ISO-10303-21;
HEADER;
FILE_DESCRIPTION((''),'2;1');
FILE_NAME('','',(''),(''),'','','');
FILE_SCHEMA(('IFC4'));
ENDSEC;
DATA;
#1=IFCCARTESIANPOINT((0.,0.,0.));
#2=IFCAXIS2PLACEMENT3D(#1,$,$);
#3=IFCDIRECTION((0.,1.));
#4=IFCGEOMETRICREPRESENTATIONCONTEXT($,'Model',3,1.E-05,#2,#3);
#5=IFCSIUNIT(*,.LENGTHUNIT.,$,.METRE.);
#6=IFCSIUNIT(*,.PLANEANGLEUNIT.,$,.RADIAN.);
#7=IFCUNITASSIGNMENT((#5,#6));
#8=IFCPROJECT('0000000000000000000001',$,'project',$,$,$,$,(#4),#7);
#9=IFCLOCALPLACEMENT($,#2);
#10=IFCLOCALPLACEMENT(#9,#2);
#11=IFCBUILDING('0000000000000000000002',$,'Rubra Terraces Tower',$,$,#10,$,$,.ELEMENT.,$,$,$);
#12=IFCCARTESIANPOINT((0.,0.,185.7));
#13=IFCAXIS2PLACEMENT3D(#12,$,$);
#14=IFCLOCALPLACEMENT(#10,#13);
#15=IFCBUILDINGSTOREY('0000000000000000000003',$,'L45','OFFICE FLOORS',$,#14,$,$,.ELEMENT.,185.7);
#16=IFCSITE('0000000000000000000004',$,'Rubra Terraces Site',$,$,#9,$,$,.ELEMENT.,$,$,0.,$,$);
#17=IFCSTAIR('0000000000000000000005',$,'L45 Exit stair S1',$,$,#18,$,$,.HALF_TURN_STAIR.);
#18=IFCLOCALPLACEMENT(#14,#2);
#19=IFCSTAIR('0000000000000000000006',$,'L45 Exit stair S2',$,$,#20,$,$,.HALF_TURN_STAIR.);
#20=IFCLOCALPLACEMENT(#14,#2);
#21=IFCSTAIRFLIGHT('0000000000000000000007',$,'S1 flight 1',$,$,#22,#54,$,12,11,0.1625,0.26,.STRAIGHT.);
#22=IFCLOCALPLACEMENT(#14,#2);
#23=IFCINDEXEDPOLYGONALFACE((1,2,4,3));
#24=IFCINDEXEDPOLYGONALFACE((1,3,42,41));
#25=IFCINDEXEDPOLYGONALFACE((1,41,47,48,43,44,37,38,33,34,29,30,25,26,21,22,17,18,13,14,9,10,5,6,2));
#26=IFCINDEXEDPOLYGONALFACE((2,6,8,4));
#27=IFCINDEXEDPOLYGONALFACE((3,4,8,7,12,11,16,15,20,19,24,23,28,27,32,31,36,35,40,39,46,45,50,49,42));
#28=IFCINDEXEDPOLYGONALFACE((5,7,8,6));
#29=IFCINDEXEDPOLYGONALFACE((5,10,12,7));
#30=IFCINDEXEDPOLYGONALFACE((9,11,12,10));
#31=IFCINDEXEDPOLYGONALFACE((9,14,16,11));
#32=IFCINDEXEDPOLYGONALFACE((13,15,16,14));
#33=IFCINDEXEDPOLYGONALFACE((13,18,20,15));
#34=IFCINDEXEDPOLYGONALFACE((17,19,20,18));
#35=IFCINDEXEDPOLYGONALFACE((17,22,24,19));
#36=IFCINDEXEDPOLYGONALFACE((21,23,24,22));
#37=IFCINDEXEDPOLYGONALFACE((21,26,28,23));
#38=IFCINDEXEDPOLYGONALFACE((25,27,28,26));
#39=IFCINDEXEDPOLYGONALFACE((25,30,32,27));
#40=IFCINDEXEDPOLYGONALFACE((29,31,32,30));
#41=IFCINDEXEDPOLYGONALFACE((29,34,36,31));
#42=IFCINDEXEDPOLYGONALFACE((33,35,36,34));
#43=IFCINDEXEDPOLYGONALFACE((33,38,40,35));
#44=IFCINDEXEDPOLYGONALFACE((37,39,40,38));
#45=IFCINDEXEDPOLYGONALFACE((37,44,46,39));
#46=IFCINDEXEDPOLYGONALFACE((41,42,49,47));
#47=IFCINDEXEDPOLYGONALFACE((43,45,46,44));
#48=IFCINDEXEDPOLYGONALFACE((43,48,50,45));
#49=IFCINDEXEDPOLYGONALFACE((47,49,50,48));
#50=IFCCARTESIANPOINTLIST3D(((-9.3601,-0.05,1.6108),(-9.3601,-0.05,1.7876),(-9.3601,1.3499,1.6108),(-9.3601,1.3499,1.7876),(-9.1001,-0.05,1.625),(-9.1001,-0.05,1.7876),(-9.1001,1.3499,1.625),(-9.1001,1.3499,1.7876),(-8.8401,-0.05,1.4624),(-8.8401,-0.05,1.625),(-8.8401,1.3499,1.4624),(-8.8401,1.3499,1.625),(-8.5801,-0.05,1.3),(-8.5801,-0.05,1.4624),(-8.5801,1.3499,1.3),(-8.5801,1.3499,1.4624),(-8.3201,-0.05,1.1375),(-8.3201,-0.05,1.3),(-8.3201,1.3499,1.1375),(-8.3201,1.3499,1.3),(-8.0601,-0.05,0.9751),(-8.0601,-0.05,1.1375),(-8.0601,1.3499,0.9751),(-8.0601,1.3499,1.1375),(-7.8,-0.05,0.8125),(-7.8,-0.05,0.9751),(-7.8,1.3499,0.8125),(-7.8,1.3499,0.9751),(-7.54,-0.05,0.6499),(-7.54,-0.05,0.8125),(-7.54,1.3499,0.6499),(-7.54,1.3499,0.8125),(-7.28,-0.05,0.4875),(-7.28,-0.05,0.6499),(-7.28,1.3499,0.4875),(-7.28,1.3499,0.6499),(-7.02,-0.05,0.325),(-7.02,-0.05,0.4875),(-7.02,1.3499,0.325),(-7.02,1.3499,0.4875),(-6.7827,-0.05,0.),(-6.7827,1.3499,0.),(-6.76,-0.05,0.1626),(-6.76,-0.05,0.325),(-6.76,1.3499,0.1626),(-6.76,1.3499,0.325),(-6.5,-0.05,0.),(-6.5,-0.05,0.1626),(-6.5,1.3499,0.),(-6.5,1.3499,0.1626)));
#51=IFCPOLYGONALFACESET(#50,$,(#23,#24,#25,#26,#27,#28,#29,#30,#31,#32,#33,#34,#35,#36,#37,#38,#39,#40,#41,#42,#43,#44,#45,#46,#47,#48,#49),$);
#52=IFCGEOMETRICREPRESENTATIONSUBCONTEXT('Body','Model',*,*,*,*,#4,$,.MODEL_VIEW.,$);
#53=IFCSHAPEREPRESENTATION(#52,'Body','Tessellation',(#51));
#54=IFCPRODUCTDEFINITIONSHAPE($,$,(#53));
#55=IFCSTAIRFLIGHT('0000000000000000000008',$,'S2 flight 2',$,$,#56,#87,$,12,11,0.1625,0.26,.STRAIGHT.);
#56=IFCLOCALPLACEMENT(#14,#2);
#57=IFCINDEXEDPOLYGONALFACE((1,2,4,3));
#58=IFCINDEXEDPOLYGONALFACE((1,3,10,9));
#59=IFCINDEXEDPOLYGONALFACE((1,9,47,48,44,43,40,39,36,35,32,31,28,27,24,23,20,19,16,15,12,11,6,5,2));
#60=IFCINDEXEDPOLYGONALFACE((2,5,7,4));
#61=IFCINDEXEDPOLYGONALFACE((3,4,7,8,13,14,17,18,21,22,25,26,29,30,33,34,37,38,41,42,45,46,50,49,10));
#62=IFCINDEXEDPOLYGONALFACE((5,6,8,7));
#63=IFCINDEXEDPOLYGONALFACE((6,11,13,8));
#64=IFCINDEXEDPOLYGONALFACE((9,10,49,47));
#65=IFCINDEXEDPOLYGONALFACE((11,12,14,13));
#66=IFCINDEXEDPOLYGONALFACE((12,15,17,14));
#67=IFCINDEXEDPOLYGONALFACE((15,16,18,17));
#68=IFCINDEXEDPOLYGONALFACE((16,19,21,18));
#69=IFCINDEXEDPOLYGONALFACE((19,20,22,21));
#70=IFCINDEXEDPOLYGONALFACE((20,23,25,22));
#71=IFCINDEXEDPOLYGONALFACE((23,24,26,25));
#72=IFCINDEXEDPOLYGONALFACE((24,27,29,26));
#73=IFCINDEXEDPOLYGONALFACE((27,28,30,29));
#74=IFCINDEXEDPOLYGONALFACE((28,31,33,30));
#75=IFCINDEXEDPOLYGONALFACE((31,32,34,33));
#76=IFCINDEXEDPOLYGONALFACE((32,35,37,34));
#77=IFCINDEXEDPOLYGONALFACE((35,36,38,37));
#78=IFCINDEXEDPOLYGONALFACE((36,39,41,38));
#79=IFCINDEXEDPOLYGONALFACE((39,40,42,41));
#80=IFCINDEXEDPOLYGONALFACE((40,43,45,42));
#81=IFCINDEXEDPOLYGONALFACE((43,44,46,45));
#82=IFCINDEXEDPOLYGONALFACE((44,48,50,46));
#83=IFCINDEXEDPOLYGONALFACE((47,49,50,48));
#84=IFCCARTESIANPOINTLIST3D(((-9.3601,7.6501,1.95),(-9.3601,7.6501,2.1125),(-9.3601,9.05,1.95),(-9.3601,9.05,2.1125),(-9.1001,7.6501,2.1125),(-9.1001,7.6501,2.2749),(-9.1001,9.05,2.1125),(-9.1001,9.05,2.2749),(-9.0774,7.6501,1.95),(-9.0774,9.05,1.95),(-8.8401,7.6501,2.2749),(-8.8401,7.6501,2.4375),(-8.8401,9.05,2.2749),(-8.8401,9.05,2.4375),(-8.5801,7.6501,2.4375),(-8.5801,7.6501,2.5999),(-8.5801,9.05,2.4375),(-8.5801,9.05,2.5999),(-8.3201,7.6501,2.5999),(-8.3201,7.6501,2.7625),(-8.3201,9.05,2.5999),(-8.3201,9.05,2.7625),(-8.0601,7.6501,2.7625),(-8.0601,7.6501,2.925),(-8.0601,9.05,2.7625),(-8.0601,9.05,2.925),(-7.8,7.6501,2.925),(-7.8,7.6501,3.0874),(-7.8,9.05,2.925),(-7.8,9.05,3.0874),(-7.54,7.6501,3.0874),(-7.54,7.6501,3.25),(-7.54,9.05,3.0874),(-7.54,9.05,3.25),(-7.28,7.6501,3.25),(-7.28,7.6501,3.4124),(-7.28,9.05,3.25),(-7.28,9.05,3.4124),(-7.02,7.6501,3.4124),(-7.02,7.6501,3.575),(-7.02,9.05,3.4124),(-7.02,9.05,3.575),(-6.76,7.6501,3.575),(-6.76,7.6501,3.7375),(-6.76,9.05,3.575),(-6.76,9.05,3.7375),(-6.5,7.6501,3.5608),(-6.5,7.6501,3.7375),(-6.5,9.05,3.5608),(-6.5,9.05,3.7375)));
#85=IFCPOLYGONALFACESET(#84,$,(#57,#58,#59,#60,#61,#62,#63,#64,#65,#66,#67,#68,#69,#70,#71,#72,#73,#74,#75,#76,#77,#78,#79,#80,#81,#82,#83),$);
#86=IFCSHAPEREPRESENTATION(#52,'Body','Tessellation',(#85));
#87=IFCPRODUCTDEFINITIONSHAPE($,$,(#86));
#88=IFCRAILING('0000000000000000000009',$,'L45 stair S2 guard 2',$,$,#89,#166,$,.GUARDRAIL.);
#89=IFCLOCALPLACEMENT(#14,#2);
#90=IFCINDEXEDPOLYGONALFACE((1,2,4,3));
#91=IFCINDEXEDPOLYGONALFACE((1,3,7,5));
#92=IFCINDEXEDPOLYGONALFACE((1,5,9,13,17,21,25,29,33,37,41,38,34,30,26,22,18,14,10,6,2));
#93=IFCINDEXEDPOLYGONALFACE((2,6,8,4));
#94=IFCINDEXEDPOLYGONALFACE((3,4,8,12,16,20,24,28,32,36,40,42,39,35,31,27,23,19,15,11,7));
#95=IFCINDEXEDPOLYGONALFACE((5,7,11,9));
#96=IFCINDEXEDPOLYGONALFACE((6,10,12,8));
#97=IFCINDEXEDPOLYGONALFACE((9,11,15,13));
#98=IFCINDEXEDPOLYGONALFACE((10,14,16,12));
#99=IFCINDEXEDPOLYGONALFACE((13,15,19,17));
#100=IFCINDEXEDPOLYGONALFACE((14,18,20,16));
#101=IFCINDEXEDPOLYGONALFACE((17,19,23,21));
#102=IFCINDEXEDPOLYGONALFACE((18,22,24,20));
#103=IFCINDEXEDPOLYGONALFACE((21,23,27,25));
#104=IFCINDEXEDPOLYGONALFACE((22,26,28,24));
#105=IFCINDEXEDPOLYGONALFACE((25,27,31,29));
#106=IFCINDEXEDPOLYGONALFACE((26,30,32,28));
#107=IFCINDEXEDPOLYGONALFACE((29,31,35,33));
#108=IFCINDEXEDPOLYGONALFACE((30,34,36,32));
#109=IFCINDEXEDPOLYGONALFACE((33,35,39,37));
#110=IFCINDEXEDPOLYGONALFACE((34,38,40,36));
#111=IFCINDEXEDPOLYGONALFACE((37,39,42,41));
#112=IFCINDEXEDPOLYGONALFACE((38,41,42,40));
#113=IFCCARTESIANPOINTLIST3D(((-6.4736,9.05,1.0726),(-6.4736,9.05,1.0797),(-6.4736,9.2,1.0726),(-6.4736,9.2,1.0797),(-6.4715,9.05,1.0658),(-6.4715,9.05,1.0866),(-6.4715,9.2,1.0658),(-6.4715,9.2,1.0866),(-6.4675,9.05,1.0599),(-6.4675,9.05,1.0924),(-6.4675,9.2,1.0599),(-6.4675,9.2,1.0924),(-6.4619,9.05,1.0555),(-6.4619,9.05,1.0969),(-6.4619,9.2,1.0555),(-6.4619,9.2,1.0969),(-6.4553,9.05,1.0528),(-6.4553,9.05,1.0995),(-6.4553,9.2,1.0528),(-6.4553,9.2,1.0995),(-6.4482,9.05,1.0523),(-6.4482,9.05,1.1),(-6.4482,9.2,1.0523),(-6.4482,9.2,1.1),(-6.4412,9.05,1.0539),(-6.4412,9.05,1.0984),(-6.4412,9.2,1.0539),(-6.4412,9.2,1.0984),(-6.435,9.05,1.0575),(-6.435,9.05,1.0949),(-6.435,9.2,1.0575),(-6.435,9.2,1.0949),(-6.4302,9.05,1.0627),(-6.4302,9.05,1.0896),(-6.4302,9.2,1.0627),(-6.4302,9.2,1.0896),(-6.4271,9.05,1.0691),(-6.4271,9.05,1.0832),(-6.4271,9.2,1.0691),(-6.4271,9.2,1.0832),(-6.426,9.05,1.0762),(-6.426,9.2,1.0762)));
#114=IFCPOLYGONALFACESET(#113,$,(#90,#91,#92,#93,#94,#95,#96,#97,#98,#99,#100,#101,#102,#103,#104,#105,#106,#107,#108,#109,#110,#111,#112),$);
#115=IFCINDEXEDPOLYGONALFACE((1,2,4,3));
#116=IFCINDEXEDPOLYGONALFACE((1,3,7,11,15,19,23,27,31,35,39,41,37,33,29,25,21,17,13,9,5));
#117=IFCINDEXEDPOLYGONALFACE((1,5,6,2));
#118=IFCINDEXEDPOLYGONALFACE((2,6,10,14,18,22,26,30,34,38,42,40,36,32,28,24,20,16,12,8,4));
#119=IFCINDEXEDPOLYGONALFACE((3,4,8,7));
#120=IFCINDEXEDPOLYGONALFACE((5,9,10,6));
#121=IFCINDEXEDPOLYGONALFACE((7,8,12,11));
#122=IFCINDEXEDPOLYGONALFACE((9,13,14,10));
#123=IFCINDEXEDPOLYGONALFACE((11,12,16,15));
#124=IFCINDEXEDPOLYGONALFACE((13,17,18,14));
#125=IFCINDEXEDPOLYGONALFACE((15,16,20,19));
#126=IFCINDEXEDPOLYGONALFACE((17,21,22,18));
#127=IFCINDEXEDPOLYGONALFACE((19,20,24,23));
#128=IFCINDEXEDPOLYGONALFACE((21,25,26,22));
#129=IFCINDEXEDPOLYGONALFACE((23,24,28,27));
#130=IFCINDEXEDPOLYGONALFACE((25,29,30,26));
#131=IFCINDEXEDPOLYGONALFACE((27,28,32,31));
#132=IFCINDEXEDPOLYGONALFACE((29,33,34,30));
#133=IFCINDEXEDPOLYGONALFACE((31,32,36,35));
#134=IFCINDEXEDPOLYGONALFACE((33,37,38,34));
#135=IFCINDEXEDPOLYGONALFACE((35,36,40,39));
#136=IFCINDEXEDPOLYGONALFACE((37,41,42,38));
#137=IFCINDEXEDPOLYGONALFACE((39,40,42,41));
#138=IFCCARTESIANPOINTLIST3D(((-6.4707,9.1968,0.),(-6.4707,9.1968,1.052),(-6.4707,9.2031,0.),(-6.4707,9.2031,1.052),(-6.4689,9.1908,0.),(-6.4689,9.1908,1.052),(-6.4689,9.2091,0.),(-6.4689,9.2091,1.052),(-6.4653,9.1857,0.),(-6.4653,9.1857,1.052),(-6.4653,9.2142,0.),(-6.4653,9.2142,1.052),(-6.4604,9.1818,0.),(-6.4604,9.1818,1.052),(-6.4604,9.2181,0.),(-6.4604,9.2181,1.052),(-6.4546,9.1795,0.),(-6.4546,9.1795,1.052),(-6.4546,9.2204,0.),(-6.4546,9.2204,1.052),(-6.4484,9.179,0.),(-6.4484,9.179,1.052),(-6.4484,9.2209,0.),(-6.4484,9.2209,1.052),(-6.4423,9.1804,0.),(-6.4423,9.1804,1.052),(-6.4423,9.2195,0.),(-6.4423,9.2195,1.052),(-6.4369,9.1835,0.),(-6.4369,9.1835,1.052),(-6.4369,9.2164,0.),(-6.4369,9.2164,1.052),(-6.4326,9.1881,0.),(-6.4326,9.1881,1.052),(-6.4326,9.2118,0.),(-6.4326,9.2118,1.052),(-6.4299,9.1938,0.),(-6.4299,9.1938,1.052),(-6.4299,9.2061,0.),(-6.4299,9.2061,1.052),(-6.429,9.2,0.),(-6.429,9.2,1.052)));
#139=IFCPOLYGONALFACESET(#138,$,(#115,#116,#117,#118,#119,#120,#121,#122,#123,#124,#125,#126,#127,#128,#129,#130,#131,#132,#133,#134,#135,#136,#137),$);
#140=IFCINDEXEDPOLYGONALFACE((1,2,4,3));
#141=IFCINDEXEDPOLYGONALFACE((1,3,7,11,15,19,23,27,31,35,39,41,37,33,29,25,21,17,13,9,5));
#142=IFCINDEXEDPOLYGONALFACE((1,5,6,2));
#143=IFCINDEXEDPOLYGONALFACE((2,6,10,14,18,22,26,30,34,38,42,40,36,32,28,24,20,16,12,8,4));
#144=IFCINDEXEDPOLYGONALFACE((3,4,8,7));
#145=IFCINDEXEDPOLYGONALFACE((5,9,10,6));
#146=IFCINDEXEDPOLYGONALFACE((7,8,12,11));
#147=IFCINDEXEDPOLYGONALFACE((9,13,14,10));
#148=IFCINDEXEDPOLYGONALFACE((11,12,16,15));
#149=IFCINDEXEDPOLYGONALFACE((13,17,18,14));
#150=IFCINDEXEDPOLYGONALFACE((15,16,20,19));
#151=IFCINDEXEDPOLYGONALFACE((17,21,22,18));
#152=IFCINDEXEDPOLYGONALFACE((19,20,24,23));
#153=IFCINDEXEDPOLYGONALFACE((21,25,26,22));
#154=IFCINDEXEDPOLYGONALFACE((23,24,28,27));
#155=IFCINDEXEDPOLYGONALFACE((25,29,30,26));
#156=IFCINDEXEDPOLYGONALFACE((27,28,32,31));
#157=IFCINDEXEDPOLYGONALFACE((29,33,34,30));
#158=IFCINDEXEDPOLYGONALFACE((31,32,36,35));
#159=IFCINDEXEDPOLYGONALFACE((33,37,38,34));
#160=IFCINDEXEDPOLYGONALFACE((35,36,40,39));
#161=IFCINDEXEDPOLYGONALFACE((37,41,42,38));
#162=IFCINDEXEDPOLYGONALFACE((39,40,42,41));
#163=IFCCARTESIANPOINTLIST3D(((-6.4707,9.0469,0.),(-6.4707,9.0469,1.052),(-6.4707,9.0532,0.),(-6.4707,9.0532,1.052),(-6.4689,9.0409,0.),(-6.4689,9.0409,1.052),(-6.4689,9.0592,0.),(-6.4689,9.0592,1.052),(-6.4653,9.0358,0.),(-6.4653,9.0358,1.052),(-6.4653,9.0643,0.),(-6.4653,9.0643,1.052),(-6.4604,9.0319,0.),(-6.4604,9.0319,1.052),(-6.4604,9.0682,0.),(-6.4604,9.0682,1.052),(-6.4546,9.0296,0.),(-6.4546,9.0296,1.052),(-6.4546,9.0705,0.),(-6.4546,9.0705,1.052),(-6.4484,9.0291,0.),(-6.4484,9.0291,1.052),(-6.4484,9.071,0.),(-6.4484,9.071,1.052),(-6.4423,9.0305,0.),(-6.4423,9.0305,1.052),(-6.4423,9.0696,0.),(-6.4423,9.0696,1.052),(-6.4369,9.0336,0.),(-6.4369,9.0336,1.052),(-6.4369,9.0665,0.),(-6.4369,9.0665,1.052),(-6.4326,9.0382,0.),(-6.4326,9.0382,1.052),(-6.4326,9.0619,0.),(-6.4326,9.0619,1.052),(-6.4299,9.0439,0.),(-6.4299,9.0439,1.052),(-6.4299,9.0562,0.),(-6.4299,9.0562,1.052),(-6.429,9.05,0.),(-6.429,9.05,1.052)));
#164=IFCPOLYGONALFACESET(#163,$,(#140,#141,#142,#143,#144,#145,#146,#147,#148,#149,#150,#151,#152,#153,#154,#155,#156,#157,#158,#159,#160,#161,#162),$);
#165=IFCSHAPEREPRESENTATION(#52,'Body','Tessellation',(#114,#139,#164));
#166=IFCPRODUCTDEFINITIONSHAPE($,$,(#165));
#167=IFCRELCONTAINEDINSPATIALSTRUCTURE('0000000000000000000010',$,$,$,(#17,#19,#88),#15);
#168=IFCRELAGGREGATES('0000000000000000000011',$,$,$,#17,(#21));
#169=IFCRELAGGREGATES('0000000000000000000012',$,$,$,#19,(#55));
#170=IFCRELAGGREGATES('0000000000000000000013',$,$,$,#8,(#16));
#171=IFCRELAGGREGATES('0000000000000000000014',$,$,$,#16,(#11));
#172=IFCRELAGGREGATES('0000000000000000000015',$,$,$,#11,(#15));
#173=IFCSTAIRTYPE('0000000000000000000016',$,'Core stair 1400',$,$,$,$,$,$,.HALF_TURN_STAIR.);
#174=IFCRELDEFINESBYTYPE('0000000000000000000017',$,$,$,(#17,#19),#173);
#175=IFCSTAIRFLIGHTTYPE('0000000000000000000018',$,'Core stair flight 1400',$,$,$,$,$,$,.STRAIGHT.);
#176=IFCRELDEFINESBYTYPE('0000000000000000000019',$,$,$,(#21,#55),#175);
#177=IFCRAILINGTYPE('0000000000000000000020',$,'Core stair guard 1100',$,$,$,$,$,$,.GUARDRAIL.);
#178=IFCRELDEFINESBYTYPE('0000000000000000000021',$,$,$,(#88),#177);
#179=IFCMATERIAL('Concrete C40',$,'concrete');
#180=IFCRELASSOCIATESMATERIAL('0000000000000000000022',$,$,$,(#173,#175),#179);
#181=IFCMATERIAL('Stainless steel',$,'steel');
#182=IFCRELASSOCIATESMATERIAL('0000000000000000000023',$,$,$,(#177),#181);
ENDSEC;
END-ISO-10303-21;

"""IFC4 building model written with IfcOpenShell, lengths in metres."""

from ifc_helpers import new_model, si_unit, direction, frame, origin, origin_2d, place, context, subcontext, project, spatial, polyline, circle, outline, extrude, material, type_object, element, aggregate, save


model = new_model("IFC4")

# Units and contexts
model_context = context("Model", 3, precision=1e-05, world=origin(), true_north=direction((0.0, 1.0)))
body_context = subcontext(model_context, "Body", "Model", "MODEL_VIEW")
ifc_project = project(units=[si_unit("LENGTHUNIT", "METRE"), si_unit("PLANEANGLEUNIT", "RADIAN")], contexts=[model_context])

# Site, building, storey
site_placement = place(None, origin())
site = spatial("IfcSite", under=ifc_project, at=site_placement, Name="Rubra Terraces Site", CompositionType="ELEMENT", RefElevation=0.0)
building_placement = place(site_placement, origin())
building = spatial("IfcBuilding", under=site, at=building_placement, Name="Rubra Terraces Tower", CompositionType="ELEMENT")
storey_placement = place(building_placement, frame((0.0, 0.0, 185.7)))
storey = spatial("IfcBuildingStorey", under=building, at=storey_placement, Name="L45", Description="OFFICE FLOORS", CompositionType="ELEMENT", Elevation=185.7)

# Shared definitions
ifc_material_1 = material(Name="Concrete C40", Category="concrete")

# Stairs
stair_type = type_object("IfcStairType", Name="Core stair 1400", PredefinedType="HALF_TURN_STAIR", material=ifc_material_1)
stair_1_placement = place(storey_placement, origin())
stair_1 = element("IfcStair", 1, at=stair_1_placement, inside=storey, type_object=stair_type, Name="L45 Exit stair S1", PredefinedType="HALF_TURN_STAIR")
stair_2_placement = place(storey_placement, origin())
stair_2 = element("IfcStair", 2, at=stair_2_placement, inside=storey, type_object=stair_type, Name="L45 Exit stair S2", PredefinedType="HALF_TURN_STAIR")

# Shared definitions
ifc_material_2 = material(Name="Stainless steel", Category="steel")

# Stair flights
stair_flight_type = type_object("IfcStairFlightType", Name="Core stair flight 1400", PredefinedType="STRAIGHT", material=ifc_material_1)
stair_flight_1_placement = place(storey_placement, frame((-6.5, 0.6499, 0.0), z_axis=(0.0, 0.0, 1.0), x_axis=(-1.0, 0.0, 0.0)))
stair_flight_1 = element("IfcStairFlight", 3, at=stair_flight_1_placement, type_object=stair_flight_type, Name="S1 flight 1", NumberOfRisers=12, NumberOfTreads=11, PredefinedType="STRAIGHT", RiserHeight=0.1625, TreadLength=0.26, context=body_context, shape_type="SweptSolid", body=[
    extrude(outline(polyline([(0.0, 0.0), (0.0, 0.1626), (0.26, 0.1626), (0.26, 0.325), (0.52, 0.325), (0.52, 0.4875), (0.78, 0.4875), (0.78, 0.6499), (1.04, 0.6499), (1.04, 0.8125), (1.3, 0.8125), (1.3, 0.9751), (1.5601, 0.9751), (1.5601, 1.1375), (1.8201, 1.1375), (1.8201, 1.3), (2.0801, 1.3), (2.0801, 1.4624), (2.3401, 1.4624), (2.3401, 1.625), (2.6001, 1.625), (2.6001, 1.7876), (2.8601, 1.7876), (2.8601, 1.95), (2.8601, 1.6108), (0.2827, 0.0), (0.0, 0.0)])), frame((0.0, 0.7, 0.0), z_axis=(0.0, -1.0, 0.0), x_axis=(1.0, 0.0, 0.0)), (0.0, 0.0, 1.0), 1.3999),
])
aggregate(stair_1, [stair_flight_1])
stair_flight_2_placement = place(storey_placement, frame((-9.3601, 8.3501, 1.95), z_axis=(0.0, 0.0, 1.0), x_axis=(1.0, 0.0, 0.0)))
stair_flight_2 = element("IfcStairFlight", 4, at=stair_flight_2_placement, type_object=stair_flight_type, Name="S2 flight 2", NumberOfRisers=12, NumberOfTreads=11, PredefinedType="STRAIGHT", RiserHeight=0.1625, TreadLength=0.26, context=body_context, shape_type="SweptSolid", body=[
    extrude(outline(polyline([(0.0, 0.0), (0.0, 0.1626), (0.26, 0.1626), (0.26, 0.325), (0.52, 0.325), (0.52, 0.4875), (0.78, 0.4875), (0.78, 0.6499), (1.04, 0.6499), (1.04, 0.8125), (1.3, 0.8125), (1.3, 0.9751), (1.5601, 0.9751), (1.5601, 1.1375), (1.8201, 1.1375), (1.8201, 1.3), (2.0801, 1.3), (2.0801, 1.4624), (2.3401, 1.4624), (2.3401, 1.625), (2.6001, 1.625), (2.6001, 1.7876), (2.8601, 1.7876), (2.8601, 1.95), (2.8601, 1.6108), (0.2827, 0.0), (0.0, 0.0)])), frame((0.0, 0.7, 0.0), z_axis=(0.0, -1.0, 0.0), x_axis=(1.0, 0.0, 0.0)), (0.0, 0.0, 1.0), 1.3999),
])
aggregate(stair_2, [stair_flight_2])

# Railing
railing_type_1 = type_object("IfcRailingType", Name="Core stair guard 1100", PredefinedType="GUARDRAIL", material=ifc_material_2)
railing_1_placement = place(storey_placement, frame((-6.45, 9.2, 0.0)))
element("IfcRailing", 5, at=railing_1_placement, inside=storey, type_object=railing_type_1, Name="L45 stair S2 guard 2", PredefinedType="GUARDRAIL", context=body_context, shape_type="SweptSolid", body=[
    extrude(circle(Radius=0.0239, at=origin_2d()), frame((0.0, 0.0, 1.0762), z_axis=(0.0, -1.0, 0.0), x_axis=(1.0, 0.0, 0.0)), (0.0, 0.0, 1.0), 0.1499),
    extrude(circle(Radius=0.021, at=origin_2d()), origin(), (0.0, 0.0, 1.0), 1.052),
    extrude(circle(Radius=0.021, at=origin_2d()), frame((0.0, -0.1499, 0.0)), (0.0, 0.0, 1.0), 1.052),
])

save(model, "model.ifc")
